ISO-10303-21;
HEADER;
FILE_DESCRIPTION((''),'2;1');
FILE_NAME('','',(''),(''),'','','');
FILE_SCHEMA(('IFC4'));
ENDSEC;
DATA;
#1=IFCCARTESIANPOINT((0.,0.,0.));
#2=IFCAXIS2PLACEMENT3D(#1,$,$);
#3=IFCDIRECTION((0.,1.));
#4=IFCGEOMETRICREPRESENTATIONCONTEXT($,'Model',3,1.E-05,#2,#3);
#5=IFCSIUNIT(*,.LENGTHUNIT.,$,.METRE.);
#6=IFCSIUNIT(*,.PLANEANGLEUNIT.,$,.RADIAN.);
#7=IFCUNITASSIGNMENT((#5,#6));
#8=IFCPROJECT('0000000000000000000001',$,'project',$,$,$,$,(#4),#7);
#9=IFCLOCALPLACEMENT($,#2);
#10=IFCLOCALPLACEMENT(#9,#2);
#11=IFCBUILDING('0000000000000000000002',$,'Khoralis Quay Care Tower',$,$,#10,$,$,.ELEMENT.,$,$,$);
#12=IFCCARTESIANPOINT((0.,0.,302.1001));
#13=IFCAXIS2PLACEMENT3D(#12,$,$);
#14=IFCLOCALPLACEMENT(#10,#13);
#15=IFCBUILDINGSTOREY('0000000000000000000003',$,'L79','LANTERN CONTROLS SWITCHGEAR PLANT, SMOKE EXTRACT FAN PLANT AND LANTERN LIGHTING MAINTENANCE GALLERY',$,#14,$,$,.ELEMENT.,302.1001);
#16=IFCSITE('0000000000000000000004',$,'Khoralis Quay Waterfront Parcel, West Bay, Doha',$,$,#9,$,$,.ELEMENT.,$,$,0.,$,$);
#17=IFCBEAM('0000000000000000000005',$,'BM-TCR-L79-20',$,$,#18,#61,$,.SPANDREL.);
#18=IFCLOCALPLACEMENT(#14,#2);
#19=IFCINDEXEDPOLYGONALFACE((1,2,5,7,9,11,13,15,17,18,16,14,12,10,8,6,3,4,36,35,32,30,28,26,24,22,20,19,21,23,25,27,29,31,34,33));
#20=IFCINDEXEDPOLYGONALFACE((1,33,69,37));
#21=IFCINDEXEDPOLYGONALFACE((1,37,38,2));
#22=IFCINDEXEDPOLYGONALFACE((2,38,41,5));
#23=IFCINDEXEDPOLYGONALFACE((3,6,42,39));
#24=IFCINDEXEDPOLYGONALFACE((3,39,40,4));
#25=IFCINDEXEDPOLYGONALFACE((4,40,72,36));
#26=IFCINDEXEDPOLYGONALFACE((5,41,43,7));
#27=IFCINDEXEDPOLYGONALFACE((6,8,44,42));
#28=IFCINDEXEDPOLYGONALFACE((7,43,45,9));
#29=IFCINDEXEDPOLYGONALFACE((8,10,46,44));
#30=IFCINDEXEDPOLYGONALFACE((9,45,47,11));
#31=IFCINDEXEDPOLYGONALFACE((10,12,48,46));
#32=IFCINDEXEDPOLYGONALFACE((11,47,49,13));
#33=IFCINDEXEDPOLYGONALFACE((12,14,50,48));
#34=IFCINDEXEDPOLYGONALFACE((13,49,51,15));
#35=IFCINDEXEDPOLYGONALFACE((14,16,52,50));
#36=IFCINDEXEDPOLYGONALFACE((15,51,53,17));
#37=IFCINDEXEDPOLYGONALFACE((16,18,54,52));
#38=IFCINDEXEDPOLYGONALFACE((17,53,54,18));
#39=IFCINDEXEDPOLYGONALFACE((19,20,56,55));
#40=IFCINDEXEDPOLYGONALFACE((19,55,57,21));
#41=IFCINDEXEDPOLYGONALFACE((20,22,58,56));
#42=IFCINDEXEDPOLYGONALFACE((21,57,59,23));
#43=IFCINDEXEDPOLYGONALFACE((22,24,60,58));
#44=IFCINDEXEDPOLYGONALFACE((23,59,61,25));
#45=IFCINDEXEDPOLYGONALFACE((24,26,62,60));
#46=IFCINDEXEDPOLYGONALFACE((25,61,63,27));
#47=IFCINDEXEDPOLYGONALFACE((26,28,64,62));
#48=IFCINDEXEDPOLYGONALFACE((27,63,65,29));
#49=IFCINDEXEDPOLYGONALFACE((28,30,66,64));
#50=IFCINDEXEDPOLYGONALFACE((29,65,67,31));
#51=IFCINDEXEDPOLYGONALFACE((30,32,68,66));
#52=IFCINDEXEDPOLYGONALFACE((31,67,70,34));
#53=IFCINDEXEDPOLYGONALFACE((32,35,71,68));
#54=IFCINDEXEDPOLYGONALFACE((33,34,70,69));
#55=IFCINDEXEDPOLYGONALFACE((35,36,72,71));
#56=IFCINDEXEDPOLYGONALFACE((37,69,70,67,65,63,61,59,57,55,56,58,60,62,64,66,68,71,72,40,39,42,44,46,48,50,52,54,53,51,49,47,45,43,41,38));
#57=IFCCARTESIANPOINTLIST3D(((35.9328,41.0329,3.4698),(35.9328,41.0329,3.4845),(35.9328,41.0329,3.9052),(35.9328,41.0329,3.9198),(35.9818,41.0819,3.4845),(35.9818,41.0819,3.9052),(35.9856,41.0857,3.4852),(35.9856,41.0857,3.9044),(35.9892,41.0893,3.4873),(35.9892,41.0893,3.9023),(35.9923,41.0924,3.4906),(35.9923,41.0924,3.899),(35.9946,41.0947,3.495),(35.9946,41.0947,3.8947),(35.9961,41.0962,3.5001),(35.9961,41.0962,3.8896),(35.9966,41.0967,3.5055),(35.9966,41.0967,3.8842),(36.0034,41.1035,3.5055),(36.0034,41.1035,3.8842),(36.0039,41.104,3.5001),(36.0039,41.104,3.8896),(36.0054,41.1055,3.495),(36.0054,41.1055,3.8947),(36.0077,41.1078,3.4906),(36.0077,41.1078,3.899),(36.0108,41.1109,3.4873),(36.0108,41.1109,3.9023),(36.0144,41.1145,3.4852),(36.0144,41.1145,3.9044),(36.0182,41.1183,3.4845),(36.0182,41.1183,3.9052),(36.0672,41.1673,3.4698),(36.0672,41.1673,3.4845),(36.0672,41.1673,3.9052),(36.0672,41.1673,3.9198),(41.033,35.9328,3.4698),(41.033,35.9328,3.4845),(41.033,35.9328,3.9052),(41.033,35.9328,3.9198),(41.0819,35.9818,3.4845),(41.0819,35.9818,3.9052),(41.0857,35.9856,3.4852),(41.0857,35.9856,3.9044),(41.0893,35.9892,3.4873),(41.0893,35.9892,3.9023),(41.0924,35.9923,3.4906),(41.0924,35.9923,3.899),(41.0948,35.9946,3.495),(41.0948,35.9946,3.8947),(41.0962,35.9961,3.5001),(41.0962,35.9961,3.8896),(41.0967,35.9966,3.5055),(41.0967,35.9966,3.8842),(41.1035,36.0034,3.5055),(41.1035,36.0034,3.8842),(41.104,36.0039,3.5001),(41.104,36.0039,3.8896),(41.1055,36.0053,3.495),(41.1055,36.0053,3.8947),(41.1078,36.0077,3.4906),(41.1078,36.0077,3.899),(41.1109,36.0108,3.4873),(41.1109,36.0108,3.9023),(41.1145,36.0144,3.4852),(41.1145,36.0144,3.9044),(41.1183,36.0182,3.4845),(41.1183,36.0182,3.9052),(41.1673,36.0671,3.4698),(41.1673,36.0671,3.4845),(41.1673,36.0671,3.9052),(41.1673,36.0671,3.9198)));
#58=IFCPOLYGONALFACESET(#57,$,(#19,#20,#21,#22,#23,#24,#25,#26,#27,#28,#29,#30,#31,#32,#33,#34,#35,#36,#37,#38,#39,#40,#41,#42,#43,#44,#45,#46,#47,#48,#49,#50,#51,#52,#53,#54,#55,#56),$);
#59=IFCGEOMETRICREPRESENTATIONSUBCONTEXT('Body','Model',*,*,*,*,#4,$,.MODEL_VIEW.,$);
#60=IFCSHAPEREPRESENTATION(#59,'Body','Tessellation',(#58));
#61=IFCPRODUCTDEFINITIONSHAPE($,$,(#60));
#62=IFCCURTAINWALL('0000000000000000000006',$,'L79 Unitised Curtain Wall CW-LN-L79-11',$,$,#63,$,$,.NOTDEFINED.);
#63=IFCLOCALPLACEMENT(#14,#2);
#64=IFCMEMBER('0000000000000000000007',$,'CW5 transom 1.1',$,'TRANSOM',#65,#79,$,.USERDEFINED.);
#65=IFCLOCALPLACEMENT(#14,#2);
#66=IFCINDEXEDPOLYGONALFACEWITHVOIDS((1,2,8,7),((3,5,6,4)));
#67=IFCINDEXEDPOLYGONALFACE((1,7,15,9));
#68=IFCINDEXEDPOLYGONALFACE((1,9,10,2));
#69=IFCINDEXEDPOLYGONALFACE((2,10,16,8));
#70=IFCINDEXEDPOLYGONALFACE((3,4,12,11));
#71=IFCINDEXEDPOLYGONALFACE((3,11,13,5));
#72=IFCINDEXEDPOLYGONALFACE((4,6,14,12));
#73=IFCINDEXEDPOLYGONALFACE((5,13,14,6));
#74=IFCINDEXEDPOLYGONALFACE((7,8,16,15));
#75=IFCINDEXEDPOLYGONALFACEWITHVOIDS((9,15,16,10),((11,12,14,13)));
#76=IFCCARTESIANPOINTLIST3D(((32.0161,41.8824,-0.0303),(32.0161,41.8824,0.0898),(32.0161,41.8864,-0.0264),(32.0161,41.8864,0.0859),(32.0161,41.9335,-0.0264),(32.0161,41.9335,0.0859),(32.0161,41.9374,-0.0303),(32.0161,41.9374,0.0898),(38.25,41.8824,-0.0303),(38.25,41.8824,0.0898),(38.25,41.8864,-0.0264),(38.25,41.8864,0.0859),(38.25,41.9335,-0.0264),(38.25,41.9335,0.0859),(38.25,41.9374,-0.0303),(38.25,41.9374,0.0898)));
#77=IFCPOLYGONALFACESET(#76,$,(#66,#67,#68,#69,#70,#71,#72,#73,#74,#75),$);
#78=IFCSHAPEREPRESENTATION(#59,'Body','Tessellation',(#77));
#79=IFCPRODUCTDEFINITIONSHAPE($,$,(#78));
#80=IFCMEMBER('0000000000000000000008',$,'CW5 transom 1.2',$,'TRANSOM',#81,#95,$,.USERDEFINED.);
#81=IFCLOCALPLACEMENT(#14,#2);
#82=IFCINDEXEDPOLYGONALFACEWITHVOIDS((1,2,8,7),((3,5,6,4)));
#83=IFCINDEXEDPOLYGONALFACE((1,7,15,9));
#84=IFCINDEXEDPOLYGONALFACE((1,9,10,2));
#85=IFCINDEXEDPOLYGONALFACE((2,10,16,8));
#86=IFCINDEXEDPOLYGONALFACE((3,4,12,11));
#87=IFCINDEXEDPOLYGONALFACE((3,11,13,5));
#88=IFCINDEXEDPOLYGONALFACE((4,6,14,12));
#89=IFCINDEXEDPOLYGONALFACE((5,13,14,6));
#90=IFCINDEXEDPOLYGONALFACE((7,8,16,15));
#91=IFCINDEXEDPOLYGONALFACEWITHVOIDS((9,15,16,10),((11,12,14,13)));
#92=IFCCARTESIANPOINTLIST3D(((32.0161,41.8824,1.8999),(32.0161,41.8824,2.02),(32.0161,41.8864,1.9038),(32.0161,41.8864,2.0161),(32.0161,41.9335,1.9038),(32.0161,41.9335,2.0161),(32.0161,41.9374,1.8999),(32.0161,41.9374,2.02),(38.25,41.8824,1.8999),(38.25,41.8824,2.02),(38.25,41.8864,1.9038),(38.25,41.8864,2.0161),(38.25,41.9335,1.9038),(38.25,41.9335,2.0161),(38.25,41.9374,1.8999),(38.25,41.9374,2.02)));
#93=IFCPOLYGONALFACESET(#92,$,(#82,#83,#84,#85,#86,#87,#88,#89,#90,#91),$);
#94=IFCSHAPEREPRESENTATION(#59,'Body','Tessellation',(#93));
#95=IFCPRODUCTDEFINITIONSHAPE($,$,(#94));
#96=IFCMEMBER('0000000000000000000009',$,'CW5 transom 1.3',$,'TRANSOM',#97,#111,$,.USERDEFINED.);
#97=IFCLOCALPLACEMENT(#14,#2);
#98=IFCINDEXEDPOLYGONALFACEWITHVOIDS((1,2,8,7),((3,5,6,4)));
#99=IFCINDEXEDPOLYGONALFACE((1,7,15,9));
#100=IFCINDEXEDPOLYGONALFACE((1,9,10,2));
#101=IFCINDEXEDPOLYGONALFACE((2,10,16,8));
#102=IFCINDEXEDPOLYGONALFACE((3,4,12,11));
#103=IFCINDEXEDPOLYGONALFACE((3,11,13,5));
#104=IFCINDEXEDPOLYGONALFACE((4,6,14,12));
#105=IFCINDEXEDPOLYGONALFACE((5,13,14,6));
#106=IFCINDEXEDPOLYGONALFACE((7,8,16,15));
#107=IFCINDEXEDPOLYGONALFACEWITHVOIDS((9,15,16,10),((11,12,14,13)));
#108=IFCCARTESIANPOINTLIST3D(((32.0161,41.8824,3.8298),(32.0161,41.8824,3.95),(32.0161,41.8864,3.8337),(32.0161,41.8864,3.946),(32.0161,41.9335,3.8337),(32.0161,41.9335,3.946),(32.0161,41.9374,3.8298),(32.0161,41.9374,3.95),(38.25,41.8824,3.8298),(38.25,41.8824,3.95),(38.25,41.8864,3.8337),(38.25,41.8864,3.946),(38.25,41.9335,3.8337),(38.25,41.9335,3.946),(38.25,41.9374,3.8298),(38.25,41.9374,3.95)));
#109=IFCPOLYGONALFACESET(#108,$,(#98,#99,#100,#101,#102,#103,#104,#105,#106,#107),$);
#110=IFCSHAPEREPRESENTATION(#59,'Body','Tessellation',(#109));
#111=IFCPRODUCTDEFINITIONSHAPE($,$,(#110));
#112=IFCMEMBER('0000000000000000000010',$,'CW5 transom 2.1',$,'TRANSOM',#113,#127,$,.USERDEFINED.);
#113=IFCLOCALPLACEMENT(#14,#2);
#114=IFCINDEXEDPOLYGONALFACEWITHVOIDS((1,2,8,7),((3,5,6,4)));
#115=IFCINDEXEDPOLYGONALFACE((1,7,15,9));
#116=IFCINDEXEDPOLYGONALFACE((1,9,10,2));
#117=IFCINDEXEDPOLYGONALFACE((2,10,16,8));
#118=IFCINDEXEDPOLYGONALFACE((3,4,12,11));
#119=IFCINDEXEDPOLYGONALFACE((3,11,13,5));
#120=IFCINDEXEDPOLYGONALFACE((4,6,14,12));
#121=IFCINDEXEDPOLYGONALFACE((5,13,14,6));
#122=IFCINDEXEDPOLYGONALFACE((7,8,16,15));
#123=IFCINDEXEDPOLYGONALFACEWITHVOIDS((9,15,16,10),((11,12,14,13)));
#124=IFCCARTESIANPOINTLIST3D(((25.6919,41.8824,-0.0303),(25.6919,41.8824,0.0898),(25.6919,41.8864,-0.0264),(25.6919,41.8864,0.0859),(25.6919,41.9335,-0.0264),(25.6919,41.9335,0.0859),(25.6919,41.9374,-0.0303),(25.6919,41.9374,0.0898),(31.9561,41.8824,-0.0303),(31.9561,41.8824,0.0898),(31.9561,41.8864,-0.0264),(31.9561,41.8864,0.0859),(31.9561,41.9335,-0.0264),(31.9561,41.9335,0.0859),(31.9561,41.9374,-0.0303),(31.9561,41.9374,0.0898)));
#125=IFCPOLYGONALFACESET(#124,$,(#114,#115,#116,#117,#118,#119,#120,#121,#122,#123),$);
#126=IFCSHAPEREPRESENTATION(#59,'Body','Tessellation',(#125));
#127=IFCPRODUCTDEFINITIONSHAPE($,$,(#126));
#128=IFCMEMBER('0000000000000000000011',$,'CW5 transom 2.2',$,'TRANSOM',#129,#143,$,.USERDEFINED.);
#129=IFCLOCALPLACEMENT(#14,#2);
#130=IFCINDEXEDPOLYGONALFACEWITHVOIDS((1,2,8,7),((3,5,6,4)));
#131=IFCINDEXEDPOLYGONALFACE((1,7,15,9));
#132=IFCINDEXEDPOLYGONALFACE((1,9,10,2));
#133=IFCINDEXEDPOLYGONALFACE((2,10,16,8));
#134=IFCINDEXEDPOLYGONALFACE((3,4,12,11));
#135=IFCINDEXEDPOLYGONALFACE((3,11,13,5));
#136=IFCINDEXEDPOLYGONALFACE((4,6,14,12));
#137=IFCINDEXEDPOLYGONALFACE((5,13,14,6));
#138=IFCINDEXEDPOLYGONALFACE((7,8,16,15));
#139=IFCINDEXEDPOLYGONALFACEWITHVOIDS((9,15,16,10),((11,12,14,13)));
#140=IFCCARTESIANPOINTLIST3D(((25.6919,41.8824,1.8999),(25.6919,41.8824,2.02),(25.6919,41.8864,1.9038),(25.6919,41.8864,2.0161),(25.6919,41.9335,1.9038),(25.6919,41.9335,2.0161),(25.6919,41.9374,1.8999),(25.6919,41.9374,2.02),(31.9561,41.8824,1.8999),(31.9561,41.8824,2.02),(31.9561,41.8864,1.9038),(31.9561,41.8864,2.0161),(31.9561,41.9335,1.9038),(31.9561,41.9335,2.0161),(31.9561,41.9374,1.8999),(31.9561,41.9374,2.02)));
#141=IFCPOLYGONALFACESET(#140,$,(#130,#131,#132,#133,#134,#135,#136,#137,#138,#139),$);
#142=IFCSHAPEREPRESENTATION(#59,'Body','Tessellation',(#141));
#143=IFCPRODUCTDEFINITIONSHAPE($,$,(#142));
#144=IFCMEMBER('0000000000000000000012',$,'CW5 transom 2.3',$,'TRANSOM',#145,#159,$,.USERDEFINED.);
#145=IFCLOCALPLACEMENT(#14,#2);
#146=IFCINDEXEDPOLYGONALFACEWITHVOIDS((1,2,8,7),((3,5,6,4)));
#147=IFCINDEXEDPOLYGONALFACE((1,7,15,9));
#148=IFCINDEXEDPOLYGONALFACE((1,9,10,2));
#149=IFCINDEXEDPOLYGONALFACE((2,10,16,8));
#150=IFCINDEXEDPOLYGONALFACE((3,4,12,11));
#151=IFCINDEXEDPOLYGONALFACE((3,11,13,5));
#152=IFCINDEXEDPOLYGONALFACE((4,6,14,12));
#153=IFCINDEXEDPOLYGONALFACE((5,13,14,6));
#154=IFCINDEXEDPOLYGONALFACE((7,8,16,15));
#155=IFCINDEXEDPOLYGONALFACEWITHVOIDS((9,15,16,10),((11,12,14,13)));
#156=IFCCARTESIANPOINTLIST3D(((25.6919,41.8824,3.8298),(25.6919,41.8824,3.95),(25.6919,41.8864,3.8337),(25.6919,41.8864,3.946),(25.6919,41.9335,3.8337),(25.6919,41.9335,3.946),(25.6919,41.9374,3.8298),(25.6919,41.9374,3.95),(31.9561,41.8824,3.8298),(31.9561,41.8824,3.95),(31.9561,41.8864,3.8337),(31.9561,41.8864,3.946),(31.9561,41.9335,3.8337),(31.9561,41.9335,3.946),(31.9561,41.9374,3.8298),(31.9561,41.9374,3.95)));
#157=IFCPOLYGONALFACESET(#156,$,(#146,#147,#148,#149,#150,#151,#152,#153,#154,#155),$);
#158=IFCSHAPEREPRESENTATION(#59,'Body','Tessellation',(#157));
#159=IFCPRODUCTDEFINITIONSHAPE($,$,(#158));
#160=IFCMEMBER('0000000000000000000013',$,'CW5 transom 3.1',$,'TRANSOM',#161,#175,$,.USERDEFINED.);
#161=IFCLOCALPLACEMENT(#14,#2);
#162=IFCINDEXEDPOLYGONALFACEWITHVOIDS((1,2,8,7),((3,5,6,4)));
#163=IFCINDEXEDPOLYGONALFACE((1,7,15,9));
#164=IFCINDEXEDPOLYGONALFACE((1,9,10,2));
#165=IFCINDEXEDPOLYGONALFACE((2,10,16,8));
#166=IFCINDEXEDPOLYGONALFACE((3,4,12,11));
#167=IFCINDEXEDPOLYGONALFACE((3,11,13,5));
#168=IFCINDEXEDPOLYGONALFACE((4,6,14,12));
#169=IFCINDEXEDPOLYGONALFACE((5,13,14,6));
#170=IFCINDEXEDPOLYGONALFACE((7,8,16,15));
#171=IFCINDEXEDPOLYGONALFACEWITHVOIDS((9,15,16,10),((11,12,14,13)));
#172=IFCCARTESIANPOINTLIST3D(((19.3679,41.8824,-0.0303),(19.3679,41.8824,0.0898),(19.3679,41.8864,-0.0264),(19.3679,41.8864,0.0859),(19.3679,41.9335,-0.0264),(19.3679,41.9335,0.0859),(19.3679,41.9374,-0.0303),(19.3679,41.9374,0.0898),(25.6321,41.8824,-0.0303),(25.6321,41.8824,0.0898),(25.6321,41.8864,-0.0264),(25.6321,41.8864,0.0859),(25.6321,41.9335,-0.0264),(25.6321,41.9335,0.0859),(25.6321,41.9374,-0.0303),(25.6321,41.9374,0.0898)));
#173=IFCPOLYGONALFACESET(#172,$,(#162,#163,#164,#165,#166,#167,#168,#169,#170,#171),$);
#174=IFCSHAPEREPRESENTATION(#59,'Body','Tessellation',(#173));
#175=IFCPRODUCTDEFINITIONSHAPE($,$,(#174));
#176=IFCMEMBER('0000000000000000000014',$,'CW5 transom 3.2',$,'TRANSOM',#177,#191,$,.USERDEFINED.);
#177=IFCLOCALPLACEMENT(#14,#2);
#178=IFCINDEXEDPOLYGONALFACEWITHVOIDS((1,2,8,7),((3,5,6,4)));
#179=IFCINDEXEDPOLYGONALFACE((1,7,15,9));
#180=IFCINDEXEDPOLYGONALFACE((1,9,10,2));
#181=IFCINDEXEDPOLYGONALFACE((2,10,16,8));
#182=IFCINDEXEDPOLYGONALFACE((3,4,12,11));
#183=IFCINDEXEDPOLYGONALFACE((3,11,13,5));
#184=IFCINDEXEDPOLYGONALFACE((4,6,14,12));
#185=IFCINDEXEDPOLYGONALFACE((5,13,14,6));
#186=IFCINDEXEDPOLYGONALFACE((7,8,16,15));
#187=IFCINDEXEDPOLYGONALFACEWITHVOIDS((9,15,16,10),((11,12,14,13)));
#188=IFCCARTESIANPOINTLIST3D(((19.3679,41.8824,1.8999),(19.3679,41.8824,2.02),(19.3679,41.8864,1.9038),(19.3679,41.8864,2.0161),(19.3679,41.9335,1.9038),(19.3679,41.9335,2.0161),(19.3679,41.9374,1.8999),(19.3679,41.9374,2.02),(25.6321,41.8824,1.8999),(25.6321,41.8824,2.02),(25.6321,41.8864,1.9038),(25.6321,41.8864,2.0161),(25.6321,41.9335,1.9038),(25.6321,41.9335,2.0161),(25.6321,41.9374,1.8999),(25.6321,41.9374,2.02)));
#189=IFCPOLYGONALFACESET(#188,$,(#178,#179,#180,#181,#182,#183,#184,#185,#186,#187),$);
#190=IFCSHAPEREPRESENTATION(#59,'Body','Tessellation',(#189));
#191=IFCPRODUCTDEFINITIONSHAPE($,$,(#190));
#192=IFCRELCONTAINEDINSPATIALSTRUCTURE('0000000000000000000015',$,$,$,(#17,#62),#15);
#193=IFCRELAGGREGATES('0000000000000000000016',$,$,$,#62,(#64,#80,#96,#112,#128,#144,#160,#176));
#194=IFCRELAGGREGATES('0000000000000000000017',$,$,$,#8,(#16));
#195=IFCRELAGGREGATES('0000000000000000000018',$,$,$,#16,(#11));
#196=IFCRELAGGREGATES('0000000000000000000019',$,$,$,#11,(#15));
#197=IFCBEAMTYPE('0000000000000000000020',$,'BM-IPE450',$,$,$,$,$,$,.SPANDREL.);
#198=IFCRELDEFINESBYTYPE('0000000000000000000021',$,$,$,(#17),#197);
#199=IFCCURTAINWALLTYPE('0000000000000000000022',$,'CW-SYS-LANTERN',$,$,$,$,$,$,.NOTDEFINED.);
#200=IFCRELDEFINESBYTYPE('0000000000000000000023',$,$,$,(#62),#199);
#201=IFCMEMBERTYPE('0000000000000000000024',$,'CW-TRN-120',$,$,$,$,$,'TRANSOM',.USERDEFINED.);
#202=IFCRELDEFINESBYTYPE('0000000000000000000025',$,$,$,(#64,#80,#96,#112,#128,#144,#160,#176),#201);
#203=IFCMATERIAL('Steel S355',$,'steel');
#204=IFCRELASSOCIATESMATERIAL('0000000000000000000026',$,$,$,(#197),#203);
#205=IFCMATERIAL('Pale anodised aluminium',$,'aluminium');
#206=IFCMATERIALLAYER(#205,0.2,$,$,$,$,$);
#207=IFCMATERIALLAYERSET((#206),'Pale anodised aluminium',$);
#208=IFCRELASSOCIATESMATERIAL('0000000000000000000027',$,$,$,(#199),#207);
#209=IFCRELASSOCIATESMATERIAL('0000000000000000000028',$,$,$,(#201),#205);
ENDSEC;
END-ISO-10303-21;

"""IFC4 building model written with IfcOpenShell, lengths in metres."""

from ifc_helpers import new_model, si_unit, direction, frame, origin, origin_2d, place, context, subcontext, project, spatial, hollow_rectangle, i_section, extrude, source, transform, mapped, material, layer, layer_set, material_profile, profile_set, type_object, element, aggregate, save


model = new_model("IFC4")

# Units and contexts
model_context = context("Model", 3, precision=1e-05, world=origin(), true_north=direction((0.0, 1.0)))
body_context = subcontext(model_context, "Body", "Model", "MODEL_VIEW")
ifc_project = project(units=[si_unit("LENGTHUNIT", "METRE"), si_unit("PLANEANGLEUNIT", "RADIAN")], contexts=[model_context])

# Site, building, storey
site_placement = place(None, origin())
site = spatial("IfcSite", under=ifc_project, at=site_placement, Name="Khoralis Quay Waterfront Parcel, West Bay, Doha", CompositionType="ELEMENT", RefElevation=0.0)
building_placement = place(site_placement, origin())
building = spatial("IfcBuilding", under=site, at=building_placement, Name="Khoralis Quay Care Tower", CompositionType="ELEMENT")
storey_placement = place(building_placement, frame((0.0, 0.0, 302.1001)))
storey = spatial("IfcBuildingStorey", under=building, at=storey_placement, Name="L79", Description="LANTERN CONTROLS SWITCHGEAR PLANT, SMOKE EXTRACT FAN PLANT AND LANTERN LIGHTING MAINTENANCE GALLERY", CompositionType="ELEMENT", Elevation=302.1001)

# Beam
ifc_material_1 = material(Name="Steel S355", Category="steel")
ifc_material_profile_1 = material_profile(ifc_material_1, i_section(OverallWidth=0.1899, OverallDepth=0.45, WebThickness=0.0095, FlangeThickness=0.0146, FilletRadius=0.021, at=origin_2d()), Name="Steel S355")
ifc_profile_set_1 = profile_set([ifc_material_profile_1], Name="Steel S355")
beam_type = type_object("IfcBeamType", Name="BM-IPE450", PredefinedType="SPANDREL", material=ifc_profile_set_1)
shared_shape_1 = source(origin(), body_context, "Body", "SweptSolid", [
    extrude(i_section(OverallWidth=0.1899, OverallDepth=0.45, WebThickness=0.0095, FlangeThickness=0.0146, FilletRadius=0.021, at=origin_2d()), origin(), (0.0, 0.0, 1.0), 7.2126),
])
beam_1_placement = place(storey_placement, frame((36.0, 41.1001, 3.6948), z_axis=(0.707107, -0.707107, 0.0), x_axis=(0.707107, 0.707107, 0.0)))
element("IfcBeam", 1, at=beam_1_placement, inside=storey, type_object=beam_type, Name="BM-TCR-L79-20", PredefinedType="SPANDREL", context=body_context, shape_type="MappedRepresentation", body=[
    mapped(shared_shape_1, transform((0.0, 0.0, 0.0), scale=1.0)),
])

# Curtain wall, members
ifc_material_2 = material(Name="Pale anodised aluminium", Category="aluminium")
ifc_layer_1 = layer(ifc_material_2, 0.2)
ifc_layer_set_1 = layer_set([ifc_layer_1], Name="Pale anodised aluminium")
curtain_wall_type = type_object("IfcCurtainWallType", Name="CW-SYS-LANTERN", PredefinedType="NOTDEFINED", material=ifc_layer_set_1)
curtain_wall_placement = place(storey_placement, origin())
curtain_wall = element("IfcCurtainWall", 2, at=curtain_wall_placement, inside=storey, type_object=curtain_wall_type, Name="L79 Unitised Curtain Wall CW-LN-L79-11", PredefinedType="NOTDEFINED")
ifc_material_profile_2 = material_profile(ifc_material_2, hollow_rectangle(XDim=0.0549, YDim=0.1201, WallThickness=0.0039, at=origin_2d()), Name="Pale anodised aluminium")
ifc_profile_set_2 = profile_set([ifc_material_profile_2], Name="Pale anodised aluminium")
member_type_1 = type_object("IfcMemberType", Name="CW-TRN-120", ElementType="TRANSOM", PredefinedType="USERDEFINED", material=ifc_profile_set_2)
shared_shape_2 = source(origin(), body_context, "Body", "SweptSolid", [
    extrude(hollow_rectangle(XDim=0.0549, YDim=0.1201, WallThickness=0.0039, at=origin_2d()), origin(), (0.0, 0.0, 1.0), 6.2339),
])
member_1_placement = place(storey_placement, frame((38.25, 41.9099, 0.0298), z_axis=(-1.0, 0.0, 0.0), x_axis=(0.0, -1.0, 0.0)))
member_1 = element("IfcMember", 3, at=member_1_placement, type_object=member_type_1, Name="CW5 transom 1.1", ObjectType="TRANSOM", PredefinedType="USERDEFINED", context=body_context, shape_type="MappedRepresentation", body=[
    mapped(shared_shape_2, transform((0.0, 0.0, 0.0), scale=1.0)),
])
member_2_placement = place(storey_placement, frame((38.25, 41.9099, 1.96), z_axis=(-1.0, 0.0, 0.0), x_axis=(0.0, -1.0, 0.0)))
member_2 = element("IfcMember", 4, at=member_2_placement, type_object=member_type_1, Name="CW5 transom 1.2", ObjectType="TRANSOM", PredefinedType="USERDEFINED", context=body_context, shape_type="MappedRepresentation", body=[
    mapped(shared_shape_2, transform((0.0, 0.0, 0.0), scale=1.0)),
])
member_3_placement = place(storey_placement, frame((38.25, 41.9099, 3.8899), z_axis=(-1.0, 0.0, 0.0), x_axis=(0.0, -1.0, 0.0)))
member_3 = element("IfcMember", 5, at=member_3_placement, type_object=member_type_1, Name="CW5 transom 1.3", ObjectType="TRANSOM", PredefinedType="USERDEFINED", context=body_context, shape_type="MappedRepresentation", body=[
    mapped(shared_shape_2, transform((0.0, 0.0, 0.0), scale=1.0)),
])
shared_shape_3 = source(origin(), body_context, "Body", "SweptSolid", [
    extrude(hollow_rectangle(XDim=0.0549, YDim=0.1201, WallThickness=0.0039, at=origin_2d()), origin(), (0.0, 0.0, 1.0), 6.2642),
])
member_4_placement = place(storey_placement, frame((31.9561, 41.9099, 0.0298), z_axis=(-1.0, 0.0, 0.0), x_axis=(0.0, -1.0, 0.0)))
member_4 = element("IfcMember", 6, at=member_4_placement, type_object=member_type_1, Name="CW5 transom 2.1", ObjectType="TRANSOM", PredefinedType="USERDEFINED", context=body_context, shape_type="MappedRepresentation", body=[
    mapped(shared_shape_3, transform((0.0, 0.0, 0.0), scale=1.0)),
])
member_5_placement = place(storey_placement, frame((31.9561, 41.9099, 1.96), z_axis=(-1.0, 0.0, 0.0), x_axis=(0.0, -1.0, 0.0)))
member_5 = element("IfcMember", 7, at=member_5_placement, type_object=member_type_1, Name="CW5 transom 2.2", ObjectType="TRANSOM", PredefinedType="USERDEFINED", context=body_context, shape_type="MappedRepresentation", body=[
    mapped(shared_shape_3, transform((0.0, 0.0, 0.0), scale=1.0)),
])
member_6_placement = place(storey_placement, frame((31.9561, 41.9099, 3.8899), z_axis=(-1.0, 0.0, 0.0), x_axis=(0.0, -1.0, 0.0)))
member_6 = element("IfcMember", 8, at=member_6_placement, type_object=member_type_1, Name="CW5 transom 2.3", ObjectType="TRANSOM", PredefinedType="USERDEFINED", context=body_context, shape_type="MappedRepresentation", body=[
    mapped(shared_shape_3, transform((0.0, 0.0, 0.0), scale=1.0)),
])
member_7_placement = place(storey_placement, frame((25.6321, 41.9099, 0.0298), z_axis=(-1.0, 0.0, 0.0), x_axis=(0.0, -1.0, 0.0)))
member_7 = element("IfcMember", 9, at=member_7_placement, type_object=member_type_1, Name="CW5 transom 3.1", ObjectType="TRANSOM", PredefinedType="USERDEFINED", context=body_context, shape_type="MappedRepresentation", body=[
    mapped(shared_shape_3, transform((0.0, 0.0, 0.0), scale=1.0)),
])
member_8_placement = place(storey_placement, frame((25.6321, 41.9099, 1.96), z_axis=(-1.0, 0.0, 0.0), x_axis=(0.0, -1.0, 0.0)))
member_8 = element("IfcMember", 10, at=member_8_placement, type_object=member_type_1, Name="CW5 transom 3.2", ObjectType="TRANSOM", PredefinedType="USERDEFINED", context=body_context, shape_type="MappedRepresentation", body=[
    mapped(shared_shape_3, transform((0.0, 0.0, 0.0), scale=1.0)),
])
aggregate(curtain_wall, [member_1, member_2, member_3, member_4, member_5, member_6, member_7, member_8])

save(model, "model.ifc")
